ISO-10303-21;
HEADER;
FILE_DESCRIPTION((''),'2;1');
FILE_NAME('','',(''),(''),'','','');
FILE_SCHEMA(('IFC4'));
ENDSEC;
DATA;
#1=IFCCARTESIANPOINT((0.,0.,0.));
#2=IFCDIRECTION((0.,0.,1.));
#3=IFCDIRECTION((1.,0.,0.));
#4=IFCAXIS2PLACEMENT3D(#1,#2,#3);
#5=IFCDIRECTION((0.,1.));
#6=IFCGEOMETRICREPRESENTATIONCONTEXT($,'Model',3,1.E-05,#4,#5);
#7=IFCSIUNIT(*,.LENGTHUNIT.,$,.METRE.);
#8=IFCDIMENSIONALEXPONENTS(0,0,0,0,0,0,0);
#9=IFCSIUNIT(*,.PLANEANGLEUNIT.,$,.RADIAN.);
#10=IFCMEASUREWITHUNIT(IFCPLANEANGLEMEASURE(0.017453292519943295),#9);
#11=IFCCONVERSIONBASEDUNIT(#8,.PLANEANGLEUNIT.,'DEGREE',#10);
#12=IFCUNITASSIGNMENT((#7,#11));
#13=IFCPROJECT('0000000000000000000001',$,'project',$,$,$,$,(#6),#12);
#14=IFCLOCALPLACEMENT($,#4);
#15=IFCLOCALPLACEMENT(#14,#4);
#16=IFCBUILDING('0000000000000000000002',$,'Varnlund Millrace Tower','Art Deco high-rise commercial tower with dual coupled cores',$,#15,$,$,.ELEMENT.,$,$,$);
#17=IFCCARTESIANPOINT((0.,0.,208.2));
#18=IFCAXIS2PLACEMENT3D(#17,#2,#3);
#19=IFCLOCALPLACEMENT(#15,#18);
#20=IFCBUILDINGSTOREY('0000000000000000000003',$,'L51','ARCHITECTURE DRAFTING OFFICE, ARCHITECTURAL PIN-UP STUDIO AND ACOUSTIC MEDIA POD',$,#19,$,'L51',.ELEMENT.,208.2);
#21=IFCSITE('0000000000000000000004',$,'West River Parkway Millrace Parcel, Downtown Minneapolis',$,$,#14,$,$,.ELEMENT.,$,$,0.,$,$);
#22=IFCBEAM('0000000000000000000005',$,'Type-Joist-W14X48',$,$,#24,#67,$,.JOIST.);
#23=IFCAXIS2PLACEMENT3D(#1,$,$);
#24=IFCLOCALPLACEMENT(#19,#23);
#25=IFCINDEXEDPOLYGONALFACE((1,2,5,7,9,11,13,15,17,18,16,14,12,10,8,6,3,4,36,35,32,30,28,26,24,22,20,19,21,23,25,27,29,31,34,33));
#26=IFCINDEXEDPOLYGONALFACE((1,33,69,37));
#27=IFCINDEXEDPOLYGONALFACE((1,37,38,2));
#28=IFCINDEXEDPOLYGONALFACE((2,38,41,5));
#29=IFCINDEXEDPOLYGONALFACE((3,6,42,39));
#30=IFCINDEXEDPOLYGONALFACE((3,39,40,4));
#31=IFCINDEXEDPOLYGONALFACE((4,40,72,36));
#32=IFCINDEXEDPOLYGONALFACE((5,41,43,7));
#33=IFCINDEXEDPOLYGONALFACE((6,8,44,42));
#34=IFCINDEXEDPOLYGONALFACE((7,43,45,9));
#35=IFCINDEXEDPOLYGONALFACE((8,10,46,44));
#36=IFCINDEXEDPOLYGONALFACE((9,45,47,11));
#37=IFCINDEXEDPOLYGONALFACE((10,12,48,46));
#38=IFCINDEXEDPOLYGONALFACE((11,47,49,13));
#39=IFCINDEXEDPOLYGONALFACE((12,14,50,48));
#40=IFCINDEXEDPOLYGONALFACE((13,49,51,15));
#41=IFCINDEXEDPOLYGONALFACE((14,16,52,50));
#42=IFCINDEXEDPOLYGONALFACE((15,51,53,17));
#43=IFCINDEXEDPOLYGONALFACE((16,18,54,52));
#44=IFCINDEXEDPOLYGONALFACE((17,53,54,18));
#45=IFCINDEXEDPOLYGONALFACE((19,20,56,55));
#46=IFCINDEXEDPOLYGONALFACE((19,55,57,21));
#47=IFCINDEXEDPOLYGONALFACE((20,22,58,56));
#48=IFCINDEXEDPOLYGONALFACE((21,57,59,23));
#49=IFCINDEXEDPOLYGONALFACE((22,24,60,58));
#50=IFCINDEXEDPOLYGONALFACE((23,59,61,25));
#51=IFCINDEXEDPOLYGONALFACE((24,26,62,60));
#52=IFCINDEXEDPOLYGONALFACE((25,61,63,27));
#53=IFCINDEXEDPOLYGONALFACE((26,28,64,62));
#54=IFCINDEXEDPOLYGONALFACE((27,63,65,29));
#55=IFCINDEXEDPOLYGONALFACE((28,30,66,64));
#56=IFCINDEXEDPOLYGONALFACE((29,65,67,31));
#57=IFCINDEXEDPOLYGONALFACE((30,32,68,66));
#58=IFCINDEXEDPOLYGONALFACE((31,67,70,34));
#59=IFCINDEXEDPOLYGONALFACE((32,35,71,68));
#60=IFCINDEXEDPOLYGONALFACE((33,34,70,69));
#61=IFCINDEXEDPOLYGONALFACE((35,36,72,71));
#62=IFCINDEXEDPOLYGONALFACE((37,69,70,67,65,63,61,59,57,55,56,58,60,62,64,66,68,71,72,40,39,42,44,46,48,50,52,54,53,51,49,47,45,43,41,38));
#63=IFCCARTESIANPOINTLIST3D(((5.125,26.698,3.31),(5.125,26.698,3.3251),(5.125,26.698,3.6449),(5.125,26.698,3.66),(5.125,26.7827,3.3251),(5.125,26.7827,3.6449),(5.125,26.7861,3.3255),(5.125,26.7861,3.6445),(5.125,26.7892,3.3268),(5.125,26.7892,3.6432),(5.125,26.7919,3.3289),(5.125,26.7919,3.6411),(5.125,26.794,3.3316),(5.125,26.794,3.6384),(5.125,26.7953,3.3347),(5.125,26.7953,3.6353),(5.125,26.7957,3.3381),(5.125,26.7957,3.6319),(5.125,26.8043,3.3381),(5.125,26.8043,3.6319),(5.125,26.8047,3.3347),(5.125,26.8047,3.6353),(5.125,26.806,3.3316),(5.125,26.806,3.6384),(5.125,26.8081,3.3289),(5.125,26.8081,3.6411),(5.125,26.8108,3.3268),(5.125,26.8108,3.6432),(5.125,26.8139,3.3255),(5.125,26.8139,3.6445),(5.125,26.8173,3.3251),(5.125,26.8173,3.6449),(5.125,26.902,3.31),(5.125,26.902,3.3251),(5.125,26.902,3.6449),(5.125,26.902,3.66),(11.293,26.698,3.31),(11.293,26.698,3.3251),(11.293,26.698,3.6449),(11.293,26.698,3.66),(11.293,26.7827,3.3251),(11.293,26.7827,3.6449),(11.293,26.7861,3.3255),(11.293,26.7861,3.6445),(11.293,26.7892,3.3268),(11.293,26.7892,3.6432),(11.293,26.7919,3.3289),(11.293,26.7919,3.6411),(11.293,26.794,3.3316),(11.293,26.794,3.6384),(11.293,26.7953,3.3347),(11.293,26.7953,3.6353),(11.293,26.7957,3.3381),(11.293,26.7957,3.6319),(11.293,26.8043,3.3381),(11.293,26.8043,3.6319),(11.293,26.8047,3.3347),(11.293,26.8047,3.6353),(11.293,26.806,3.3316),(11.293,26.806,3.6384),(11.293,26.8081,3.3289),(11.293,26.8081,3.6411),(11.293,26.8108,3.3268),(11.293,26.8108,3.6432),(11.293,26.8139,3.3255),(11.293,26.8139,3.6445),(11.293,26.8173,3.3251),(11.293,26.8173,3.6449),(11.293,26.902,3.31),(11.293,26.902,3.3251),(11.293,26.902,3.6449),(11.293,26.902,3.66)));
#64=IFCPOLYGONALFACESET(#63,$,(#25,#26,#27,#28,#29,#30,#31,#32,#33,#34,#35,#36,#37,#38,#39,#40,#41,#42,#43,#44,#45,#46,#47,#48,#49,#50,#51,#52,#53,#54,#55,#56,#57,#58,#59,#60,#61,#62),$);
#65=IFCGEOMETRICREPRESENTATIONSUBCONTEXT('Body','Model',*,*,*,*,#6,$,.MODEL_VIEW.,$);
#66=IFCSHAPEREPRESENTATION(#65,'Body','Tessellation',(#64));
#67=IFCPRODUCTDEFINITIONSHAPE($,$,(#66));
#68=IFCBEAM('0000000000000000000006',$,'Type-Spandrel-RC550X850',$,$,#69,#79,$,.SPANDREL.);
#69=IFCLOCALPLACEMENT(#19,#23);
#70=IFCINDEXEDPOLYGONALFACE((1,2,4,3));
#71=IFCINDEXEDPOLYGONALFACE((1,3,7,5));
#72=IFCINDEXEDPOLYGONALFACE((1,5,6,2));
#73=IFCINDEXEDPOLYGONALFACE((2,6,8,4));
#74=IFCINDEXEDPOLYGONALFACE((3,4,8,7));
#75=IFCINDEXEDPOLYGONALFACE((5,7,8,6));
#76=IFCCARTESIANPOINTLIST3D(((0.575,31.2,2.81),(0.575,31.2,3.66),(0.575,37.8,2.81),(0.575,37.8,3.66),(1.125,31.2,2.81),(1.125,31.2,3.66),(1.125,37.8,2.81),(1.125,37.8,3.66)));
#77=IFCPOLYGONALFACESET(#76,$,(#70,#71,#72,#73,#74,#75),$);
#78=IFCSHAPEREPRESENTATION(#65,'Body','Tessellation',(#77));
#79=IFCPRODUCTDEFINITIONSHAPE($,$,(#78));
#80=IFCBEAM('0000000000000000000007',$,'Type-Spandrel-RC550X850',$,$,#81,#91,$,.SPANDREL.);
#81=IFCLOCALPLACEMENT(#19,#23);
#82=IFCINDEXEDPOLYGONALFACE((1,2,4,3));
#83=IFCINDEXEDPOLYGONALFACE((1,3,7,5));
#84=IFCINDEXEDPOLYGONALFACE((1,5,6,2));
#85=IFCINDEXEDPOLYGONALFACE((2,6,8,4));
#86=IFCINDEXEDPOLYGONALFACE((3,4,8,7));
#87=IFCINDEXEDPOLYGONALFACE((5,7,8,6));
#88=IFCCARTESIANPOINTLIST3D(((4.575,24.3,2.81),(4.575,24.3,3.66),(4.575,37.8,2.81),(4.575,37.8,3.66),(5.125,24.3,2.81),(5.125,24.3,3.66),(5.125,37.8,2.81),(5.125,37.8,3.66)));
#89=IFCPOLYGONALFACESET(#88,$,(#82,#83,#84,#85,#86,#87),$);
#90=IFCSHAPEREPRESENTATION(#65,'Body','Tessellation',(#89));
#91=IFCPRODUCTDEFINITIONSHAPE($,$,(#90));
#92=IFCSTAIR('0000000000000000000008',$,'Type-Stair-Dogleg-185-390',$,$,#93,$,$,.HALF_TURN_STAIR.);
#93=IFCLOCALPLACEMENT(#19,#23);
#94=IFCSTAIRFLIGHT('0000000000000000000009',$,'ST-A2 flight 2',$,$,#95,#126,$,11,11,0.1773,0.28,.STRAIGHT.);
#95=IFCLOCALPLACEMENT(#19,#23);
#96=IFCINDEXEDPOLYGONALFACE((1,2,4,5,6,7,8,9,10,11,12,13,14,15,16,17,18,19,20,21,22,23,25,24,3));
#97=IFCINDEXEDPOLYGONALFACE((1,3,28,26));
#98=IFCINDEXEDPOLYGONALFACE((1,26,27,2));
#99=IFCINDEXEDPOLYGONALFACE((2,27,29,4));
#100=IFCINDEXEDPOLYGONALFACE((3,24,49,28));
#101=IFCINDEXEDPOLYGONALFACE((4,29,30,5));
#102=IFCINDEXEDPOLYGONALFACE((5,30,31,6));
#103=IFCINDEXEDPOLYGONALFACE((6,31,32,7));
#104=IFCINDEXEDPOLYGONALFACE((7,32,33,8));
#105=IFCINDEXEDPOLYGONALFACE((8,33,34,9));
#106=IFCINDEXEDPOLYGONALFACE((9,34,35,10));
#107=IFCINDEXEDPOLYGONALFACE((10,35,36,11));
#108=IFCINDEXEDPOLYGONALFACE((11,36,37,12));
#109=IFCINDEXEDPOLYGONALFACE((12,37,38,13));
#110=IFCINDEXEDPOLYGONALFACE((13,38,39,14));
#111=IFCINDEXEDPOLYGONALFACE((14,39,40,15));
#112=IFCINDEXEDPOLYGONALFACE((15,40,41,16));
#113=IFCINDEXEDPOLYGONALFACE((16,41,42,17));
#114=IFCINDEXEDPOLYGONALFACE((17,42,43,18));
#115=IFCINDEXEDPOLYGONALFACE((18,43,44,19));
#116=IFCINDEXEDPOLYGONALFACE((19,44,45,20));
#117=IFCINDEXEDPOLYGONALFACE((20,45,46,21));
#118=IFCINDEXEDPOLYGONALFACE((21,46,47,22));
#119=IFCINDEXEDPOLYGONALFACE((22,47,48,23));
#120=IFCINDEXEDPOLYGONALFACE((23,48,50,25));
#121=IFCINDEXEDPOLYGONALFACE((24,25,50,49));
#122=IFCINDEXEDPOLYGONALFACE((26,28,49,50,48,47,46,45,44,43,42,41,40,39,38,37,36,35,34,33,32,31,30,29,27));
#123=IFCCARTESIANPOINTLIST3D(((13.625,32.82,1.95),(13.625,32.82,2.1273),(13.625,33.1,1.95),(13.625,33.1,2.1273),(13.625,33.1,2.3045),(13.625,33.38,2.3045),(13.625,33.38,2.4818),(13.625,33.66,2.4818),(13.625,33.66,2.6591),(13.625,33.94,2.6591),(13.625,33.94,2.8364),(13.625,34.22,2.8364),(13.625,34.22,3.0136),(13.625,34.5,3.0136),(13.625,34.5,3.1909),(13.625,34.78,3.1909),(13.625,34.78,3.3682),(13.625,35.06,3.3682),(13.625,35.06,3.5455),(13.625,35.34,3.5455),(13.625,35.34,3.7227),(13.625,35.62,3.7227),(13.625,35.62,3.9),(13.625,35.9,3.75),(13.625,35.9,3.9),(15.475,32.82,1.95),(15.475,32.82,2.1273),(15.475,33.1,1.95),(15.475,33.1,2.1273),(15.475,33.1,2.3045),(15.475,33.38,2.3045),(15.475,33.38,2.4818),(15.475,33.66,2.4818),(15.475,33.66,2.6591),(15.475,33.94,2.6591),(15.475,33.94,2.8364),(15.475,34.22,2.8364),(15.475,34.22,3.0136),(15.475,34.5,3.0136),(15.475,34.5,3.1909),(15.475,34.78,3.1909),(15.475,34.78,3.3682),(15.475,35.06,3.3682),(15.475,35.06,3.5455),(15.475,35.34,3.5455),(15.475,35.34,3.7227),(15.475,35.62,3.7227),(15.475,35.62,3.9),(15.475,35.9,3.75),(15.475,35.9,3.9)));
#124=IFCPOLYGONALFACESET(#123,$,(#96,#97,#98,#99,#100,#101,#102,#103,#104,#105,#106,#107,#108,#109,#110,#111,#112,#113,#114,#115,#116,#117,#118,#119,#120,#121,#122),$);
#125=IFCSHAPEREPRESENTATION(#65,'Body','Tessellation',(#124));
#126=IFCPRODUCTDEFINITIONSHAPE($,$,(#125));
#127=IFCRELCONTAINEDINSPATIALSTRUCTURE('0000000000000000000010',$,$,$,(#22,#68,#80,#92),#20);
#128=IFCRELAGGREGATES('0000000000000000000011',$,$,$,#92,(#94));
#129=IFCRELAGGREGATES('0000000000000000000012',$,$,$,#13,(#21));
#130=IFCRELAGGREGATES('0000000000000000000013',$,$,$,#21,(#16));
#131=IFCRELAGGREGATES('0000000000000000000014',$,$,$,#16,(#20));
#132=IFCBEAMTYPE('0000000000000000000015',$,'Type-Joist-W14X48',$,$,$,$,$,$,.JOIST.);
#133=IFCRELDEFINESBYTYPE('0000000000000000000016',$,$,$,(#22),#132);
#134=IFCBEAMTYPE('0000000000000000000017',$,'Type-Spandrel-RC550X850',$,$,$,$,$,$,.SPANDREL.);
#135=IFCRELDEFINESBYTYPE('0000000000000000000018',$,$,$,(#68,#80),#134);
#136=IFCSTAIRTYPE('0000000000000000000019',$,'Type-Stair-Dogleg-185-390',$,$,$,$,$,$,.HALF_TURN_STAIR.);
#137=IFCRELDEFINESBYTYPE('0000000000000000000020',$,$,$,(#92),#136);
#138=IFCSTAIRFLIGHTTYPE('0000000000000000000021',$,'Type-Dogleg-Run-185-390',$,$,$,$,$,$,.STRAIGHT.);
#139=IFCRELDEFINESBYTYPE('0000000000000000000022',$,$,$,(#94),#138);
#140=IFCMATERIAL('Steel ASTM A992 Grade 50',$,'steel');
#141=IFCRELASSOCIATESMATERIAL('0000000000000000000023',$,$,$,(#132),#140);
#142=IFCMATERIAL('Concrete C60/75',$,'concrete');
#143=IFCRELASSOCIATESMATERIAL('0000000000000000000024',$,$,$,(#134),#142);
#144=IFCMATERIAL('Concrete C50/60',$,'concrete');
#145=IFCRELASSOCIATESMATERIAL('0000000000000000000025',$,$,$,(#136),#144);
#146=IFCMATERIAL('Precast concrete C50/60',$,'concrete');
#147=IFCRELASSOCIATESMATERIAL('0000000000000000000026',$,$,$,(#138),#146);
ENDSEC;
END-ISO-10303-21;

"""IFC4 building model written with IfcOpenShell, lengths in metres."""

from ifc_helpers import new_model, entity, si_unit, converted_unit, direction, frame, origin_with_axes, origin_2d_with_axis, place, context, subcontext, project, spatial, polyline, rectangle, i_section, outline, extrude, material, material_profile, profile_set, type_object, element, aggregate, save


model = new_model("IFC4")

# Units and contexts
model_context = context("Model", 3, precision=1e-05, world=origin_with_axes(), true_north=direction((0.0, 1.0)))
body_context = subcontext(model_context, "Body", "Model", "MODEL_VIEW")
ifc_project = project(units=[si_unit("LENGTHUNIT", "METRE"), converted_unit("PLANEANGLEUNIT", "DEGREE", entity("IfcPlaneAngleMeasure", 0.017453292519943295), si_unit("PLANEANGLEUNIT", "RADIAN"), dimensions=[0, 0, 0, 0, 0, 0, 0])], contexts=[model_context])

# Site, building, storey
site_placement = place(None, origin_with_axes())
site = spatial("IfcSite", under=ifc_project, at=site_placement, Name="West River Parkway Millrace Parcel, Downtown Minneapolis", CompositionType="ELEMENT", RefElevation=0.0)
building_placement = place(site_placement, origin_with_axes())
building = spatial("IfcBuilding", under=site, at=building_placement, Name="Varnlund Millrace Tower", Description="Art Deco high-rise commercial tower with dual coupled cores", CompositionType="ELEMENT")
storey_placement = place(building_placement, frame((0.0, 0.0, 208.2), z_axis=(0.0, 0.0, 1.0), x_axis=(1.0, 0.0, 0.0)))
storey = spatial("IfcBuildingStorey", under=building, at=storey_placement, Name="L51", Description="ARCHITECTURE DRAFTING OFFICE, ARCHITECTURAL PIN-UP STUDIO AND ACOUSTIC MEDIA POD", LongName="L51", CompositionType="ELEMENT", Elevation=208.2)

# Beams
ifc_material_1 = material(Name="Steel ASTM A992 Grade 50", Category="steel")
ifc_material_profile_1 = material_profile(ifc_material_1, i_section(OverallWidth=0.204, OverallDepth=0.35, WebThickness=0.0086, FlangeThickness=0.0151, FilletRadius=0.013, at=origin_2d_with_axis()), Name="Steel ASTM A992 Grade 50")
ifc_profile_set_1 = profile_set([ifc_material_profile_1], Name="Steel ASTM A992 Grade 50")
beam_type_1 = type_object("IfcBeamType", Name="Type-Joist-W14X48", PredefinedType="JOIST", material=ifc_profile_set_1)
for number, where, z_axis, x_axis, name in (
    (1, (5.125, 26.8, 3.485), (1.0, 0.0, 0.0), (0.0, 1.0, 0.0), "Type-Joist-W14X48"),
):
    element("IfcBeam", number, at=place(storey_placement, frame(where, z_axis=z_axis, x_axis=x_axis)), inside=storey, type_object=beam_type_1, Name=name, PredefinedType="JOIST", context=body_context, shape_type="SweptSolid", body=[
        extrude(i_section(OverallWidth=0.204, OverallDepth=0.35, WebThickness=0.0086, FlangeThickness=0.0151, FilletRadius=0.013, at=origin_2d_with_axis()), origin_with_axes(), (0.0, 0.0, 1.0), 6.168),
    ])
ifc_material_2 = material(Name="Concrete C60/75", Category="concrete")
ifc_material_profile_2 = material_profile(ifc_material_2, rectangle(XDim=0.55, YDim=0.85, at=origin_2d_with_axis()), Name="Concrete C60/75")
ifc_profile_set_2 = profile_set([ifc_material_profile_2], Name="Concrete C60/75")
beam_type_2 = type_object("IfcBeamType", Name="Type-Spandrel-RC550X850", PredefinedType="SPANDREL", material=ifc_profile_set_2)
beam_1_placement = place(storey_placement, frame((0.85, 31.2, 3.235), z_axis=(0.0, 1.0, 0.0), x_axis=(-1.0, 0.0, 0.0)))
element("IfcBeam", 2, at=beam_1_placement, inside=storey, type_object=beam_type_2, Name="Type-Spandrel-RC550X850", PredefinedType="SPANDREL", context=body_context, shape_type="SweptSolid", body=[
    extrude(rectangle(XDim=0.55, YDim=0.85, at=origin_2d_with_axis()), origin_with_axes(), (0.0, 0.0, 1.0), 6.6),
])
beam_2_placement = place(storey_placement, frame((4.85, 24.3, 3.235), z_axis=(0.0, 1.0, 0.0), x_axis=(-1.0, 0.0, 0.0)))
element("IfcBeam", 3, at=beam_2_placement, inside=storey, type_object=beam_type_2, Name="Type-Spandrel-RC550X850", PredefinedType="SPANDREL", context=body_context, shape_type="SweptSolid", body=[
    extrude(rectangle(XDim=0.55, YDim=0.85, at=origin_2d_with_axis()), origin_with_axes(), (0.0, 0.0, 1.0), 13.5),
])

# Stair, stair flight
ifc_material_3 = material(Name="Concrete C50/60", Category="concrete")
stair_type = type_object("IfcStairType", Name="Type-Stair-Dogleg-185-390", PredefinedType="HALF_TURN_STAIR", material=ifc_material_3)
stair_placement = place(storey_placement, origin_with_axes())
stair = element("IfcStair", 4, at=stair_placement, inside=storey, type_object=stair_type, Name="Type-Stair-Dogleg-185-390", PredefinedType="HALF_TURN_STAIR")
ifc_material_4 = material(Name="Precast concrete C50/60", Category="concrete")
stair_flight_type = type_object("IfcStairFlightType", Name="Type-Dogleg-Run-185-390", PredefinedType="STRAIGHT", material=ifc_material_4)
stair_flight_placement = place(storey_placement, frame((13.625, 32.82, 1.95), z_axis=(1.0, 0.0, 0.0), x_axis=(0.0, 1.0, 0.0)))
stair_flight = element("IfcStairFlight", 5, at=stair_flight_placement, type_object=stair_flight_type, Name="ST-A2 flight 2", NumberOfRisers=11, NumberOfTreads=11, PredefinedType="STRAIGHT", RiserHeight=0.1773, TreadLength=0.28, context=body_context, shape_type="SweptSolid", body=[
    extrude(outline(polyline([(0.0, 0.0), (0.0, 0.1773), (0.28, 0.1773), (0.28, 0.3545), (0.56, 0.3545), (0.56, 0.5318), (0.84, 0.5318), (0.84, 0.7091), (1.12, 0.7091), (1.12, 0.8864), (1.4, 0.8864), (1.4, 1.0636), (1.68, 1.0636), (1.68, 1.2409), (1.96, 1.2409), (1.96, 1.4182), (2.24, 1.4182), (2.24, 1.5955), (2.52, 1.5955), (2.52, 1.7727), (2.8, 1.7727), (2.8, 1.95), (3.08, 1.95), (3.08, 1.8), (0.28, 0.0), (0.0, 0.0)])), origin_with_axes(), (0.0, 0.0, 1.0), 1.85),
])
aggregate(stair, [stair_flight])

save(model, "model.ifc")
